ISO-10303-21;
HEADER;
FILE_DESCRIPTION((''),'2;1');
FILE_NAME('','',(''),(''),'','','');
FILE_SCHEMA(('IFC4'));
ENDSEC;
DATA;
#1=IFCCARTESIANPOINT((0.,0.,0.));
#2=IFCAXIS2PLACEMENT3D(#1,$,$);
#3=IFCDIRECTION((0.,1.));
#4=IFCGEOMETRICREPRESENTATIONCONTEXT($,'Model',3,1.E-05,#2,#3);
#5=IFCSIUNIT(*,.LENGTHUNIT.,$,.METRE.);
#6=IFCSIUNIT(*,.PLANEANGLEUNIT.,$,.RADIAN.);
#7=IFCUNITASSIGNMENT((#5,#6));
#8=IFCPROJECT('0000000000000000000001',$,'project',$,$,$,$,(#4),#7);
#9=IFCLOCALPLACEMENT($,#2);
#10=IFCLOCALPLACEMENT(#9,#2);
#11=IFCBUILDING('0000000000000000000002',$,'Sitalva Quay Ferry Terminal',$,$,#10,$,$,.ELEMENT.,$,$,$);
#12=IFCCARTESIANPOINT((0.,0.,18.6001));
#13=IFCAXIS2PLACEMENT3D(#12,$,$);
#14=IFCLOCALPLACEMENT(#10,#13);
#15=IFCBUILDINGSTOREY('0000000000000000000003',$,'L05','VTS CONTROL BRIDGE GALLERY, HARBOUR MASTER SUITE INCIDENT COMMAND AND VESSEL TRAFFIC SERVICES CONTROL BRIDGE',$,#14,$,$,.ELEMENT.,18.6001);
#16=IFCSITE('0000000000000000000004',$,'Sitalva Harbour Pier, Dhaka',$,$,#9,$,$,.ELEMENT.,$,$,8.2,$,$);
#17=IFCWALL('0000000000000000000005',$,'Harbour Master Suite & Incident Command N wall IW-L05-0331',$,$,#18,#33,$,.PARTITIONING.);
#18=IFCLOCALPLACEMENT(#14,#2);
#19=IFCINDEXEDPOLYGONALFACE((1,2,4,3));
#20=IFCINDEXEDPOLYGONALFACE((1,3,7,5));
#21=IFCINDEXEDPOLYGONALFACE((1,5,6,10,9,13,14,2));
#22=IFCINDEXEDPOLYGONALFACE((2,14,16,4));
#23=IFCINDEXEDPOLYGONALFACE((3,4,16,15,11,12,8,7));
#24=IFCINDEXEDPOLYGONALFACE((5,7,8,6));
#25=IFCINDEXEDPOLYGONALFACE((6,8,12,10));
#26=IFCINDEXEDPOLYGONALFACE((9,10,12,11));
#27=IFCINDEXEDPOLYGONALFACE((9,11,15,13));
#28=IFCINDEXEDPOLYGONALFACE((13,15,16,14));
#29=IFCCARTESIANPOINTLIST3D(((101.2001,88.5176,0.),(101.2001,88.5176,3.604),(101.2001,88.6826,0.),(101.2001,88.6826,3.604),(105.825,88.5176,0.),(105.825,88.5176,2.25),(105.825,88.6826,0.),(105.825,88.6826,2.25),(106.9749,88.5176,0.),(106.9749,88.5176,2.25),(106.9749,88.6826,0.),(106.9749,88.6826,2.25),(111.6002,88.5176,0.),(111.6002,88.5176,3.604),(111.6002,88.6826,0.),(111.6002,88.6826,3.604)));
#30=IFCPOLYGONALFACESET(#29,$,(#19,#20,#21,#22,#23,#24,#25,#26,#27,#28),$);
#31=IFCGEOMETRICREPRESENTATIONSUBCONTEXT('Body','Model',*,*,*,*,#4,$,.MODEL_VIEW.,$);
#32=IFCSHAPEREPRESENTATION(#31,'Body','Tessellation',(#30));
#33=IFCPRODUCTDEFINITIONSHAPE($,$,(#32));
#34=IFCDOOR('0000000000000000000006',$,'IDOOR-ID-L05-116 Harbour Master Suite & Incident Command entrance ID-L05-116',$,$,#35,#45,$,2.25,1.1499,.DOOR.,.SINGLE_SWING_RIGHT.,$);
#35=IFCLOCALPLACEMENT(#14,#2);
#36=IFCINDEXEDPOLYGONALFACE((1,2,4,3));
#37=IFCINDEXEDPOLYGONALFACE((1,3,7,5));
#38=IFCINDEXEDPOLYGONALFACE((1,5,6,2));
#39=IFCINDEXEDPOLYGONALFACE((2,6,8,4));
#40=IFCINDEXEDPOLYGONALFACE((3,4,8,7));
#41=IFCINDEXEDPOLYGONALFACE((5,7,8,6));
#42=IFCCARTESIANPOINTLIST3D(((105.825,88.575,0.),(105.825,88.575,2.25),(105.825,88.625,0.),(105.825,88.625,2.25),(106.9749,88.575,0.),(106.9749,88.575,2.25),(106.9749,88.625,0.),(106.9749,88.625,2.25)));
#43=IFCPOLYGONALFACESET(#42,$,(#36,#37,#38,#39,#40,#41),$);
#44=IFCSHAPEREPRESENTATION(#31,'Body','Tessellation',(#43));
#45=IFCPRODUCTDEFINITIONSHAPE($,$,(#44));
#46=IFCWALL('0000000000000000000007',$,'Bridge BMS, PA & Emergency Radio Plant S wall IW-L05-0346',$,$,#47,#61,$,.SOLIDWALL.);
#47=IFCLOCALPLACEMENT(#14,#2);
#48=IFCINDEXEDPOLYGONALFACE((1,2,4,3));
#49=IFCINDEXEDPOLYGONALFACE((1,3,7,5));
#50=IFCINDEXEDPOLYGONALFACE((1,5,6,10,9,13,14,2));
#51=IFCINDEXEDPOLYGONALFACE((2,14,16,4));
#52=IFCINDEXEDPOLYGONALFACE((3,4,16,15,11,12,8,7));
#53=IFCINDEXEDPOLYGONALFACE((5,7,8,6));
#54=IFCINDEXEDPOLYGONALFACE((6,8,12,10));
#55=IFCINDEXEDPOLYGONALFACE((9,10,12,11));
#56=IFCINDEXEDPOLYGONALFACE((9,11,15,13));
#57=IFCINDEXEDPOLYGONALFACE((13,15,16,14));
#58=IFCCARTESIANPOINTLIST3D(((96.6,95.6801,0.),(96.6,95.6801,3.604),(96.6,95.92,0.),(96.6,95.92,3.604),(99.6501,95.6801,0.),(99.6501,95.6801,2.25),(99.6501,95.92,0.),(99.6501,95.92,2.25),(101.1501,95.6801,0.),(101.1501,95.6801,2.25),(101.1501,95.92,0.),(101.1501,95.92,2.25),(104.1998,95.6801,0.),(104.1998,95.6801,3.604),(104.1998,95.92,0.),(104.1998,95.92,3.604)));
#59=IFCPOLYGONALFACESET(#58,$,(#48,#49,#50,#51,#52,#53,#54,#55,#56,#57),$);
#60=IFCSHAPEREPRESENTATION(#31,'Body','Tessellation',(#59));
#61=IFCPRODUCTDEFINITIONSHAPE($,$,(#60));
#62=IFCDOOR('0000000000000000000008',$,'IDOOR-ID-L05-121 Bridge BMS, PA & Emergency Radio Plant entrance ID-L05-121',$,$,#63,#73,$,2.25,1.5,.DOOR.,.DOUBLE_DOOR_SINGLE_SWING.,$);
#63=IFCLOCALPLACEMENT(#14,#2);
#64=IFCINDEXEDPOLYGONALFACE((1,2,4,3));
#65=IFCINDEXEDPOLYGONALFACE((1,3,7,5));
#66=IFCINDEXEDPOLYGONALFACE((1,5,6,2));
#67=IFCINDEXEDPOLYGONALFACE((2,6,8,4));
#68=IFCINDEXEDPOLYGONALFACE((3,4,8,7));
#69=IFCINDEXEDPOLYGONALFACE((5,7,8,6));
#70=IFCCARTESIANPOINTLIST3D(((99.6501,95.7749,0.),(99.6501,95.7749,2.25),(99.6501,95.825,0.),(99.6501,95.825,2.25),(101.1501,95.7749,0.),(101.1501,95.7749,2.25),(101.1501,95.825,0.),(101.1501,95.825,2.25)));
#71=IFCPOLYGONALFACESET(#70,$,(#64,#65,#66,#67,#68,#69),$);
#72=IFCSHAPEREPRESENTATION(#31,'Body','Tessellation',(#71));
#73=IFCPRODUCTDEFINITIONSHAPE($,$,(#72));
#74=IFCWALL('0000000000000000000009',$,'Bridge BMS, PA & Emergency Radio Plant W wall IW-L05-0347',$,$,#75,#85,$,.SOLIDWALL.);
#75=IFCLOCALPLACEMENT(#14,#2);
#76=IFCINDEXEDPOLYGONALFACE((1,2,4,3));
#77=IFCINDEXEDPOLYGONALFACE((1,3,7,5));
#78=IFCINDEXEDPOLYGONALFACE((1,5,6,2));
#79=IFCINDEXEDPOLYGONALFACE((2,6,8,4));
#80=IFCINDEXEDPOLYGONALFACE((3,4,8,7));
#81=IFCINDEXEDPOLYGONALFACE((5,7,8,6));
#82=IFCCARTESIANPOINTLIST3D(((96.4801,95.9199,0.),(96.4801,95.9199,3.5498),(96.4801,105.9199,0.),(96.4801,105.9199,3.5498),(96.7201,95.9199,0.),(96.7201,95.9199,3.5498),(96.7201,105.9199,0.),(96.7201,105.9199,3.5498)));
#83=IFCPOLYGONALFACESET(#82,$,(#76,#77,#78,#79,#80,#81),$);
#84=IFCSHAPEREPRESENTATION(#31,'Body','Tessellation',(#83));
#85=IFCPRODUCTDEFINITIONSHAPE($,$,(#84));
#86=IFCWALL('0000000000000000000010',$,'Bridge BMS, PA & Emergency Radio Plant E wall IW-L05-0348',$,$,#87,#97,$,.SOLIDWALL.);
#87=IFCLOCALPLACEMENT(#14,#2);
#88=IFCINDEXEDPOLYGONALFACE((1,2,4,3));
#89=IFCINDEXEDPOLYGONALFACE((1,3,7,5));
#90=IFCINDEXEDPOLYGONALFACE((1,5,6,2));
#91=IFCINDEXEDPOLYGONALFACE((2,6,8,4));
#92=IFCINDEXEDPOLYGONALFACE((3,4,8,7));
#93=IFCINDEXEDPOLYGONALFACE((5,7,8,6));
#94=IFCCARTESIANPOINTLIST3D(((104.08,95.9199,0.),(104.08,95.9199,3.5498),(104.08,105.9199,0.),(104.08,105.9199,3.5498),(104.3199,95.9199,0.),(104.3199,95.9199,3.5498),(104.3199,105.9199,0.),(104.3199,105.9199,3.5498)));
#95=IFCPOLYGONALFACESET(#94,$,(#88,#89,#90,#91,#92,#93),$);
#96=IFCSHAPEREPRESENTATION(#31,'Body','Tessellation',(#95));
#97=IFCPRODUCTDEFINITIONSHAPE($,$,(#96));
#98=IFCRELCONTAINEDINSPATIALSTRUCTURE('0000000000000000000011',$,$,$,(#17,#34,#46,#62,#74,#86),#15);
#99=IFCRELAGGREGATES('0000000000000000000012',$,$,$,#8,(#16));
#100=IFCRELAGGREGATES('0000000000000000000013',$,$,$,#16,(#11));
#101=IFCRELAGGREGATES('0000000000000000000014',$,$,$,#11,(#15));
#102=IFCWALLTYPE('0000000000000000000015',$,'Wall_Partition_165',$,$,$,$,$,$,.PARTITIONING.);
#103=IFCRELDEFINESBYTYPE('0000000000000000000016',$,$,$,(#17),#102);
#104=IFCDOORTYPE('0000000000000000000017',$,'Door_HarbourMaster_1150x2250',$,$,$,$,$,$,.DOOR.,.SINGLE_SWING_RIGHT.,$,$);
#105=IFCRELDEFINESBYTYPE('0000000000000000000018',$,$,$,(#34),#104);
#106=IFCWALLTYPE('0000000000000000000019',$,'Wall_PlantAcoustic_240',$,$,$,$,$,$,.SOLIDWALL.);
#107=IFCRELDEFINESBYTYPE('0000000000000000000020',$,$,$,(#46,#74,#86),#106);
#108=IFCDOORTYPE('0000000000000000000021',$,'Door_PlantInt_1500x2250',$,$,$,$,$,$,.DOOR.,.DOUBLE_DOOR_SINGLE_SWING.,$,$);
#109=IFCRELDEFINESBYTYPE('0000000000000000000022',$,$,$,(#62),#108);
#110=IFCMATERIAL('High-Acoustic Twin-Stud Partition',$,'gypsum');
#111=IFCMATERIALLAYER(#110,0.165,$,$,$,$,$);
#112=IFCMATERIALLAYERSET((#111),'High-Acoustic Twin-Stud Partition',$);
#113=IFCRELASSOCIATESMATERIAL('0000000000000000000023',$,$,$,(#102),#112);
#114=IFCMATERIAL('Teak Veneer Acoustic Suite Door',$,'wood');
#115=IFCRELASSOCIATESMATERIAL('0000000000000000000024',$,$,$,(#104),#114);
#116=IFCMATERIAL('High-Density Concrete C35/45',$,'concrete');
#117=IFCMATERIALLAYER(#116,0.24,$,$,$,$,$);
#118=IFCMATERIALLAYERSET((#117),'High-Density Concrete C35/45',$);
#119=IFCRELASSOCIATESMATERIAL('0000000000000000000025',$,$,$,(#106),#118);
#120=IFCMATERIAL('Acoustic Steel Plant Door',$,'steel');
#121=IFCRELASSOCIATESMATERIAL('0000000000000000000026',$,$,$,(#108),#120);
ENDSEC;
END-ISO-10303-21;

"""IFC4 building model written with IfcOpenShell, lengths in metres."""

from ifc_helpers import new_model, si_unit, direction, frame, frame_2d, origin, place, context, subcontext, project, spatial, rectangle, extrude, material, layer, layer_set, type_object, element, fill, save


model = new_model("IFC4")

# Units and contexts
model_context = context("Model", 3, precision=1e-05, world=origin(), true_north=direction((0.0, 1.0)))
body_context = subcontext(model_context, "Body", "Model", "MODEL_VIEW")
ifc_project = project(units=[si_unit("LENGTHUNIT", "METRE"), si_unit("PLANEANGLEUNIT", "RADIAN")], contexts=[model_context])

# Site, building, storey
site_placement = place(None, origin())
site = spatial("IfcSite", under=ifc_project, at=site_placement, Name="Sitalva Harbour Pier, Dhaka", CompositionType="ELEMENT", RefElevation=8.2)
building_placement = place(site_placement, origin())
building = spatial("IfcBuilding", under=site, at=building_placement, Name="Sitalva Quay Ferry Terminal", CompositionType="ELEMENT")
storey_placement = place(building_placement, frame((0.0, 0.0, 18.6001)))
storey = spatial("IfcBuildingStorey", under=building, at=storey_placement, Name="L05", Description="VTS CONTROL BRIDGE GALLERY, HARBOUR MASTER SUITE INCIDENT COMMAND AND VESSEL TRAFFIC SERVICES CONTROL BRIDGE", CompositionType="ELEMENT", Elevation=18.6001)

# Walls, openings, doors
ifc_material_1 = material(Name="High-Acoustic Twin-Stud Partition", Category="gypsum")
ifc_layer_1 = layer(ifc_material_1, 0.165)
ifc_layer_set_1 = layer_set([ifc_layer_1], Name="High-Acoustic Twin-Stud Partition")
wall_type_1 = type_object("IfcWallType", Name="Wall_Partition_165", PredefinedType="PARTITIONING", material=ifc_layer_set_1)
wall_1_placement = place(storey_placement, frame((101.2, 88.6001, 0.0), z_axis=(0.0, 0.0, 1.0), x_axis=(1.0, 0.0, 0.0)))
wall_1 = element("IfcWall", 1, at=wall_1_placement, inside=storey, type_object=wall_type_1, Name="Harbour Master Suite & Incident Command N wall IW-L05-0331", PredefinedType="PARTITIONING", context=body_context, shape_type="SweptSolid", body=[
    extrude(rectangle(XDim=10.4001, YDim=0.165, at=frame_2d((5.2002, 0.0))), origin(), (0.0, 0.0, 1.0), 3.604),
])
opening_1_placement = place(wall_1_placement, frame((4.625, 0.0, 0.0)))
opening_1 = element("IfcOpeningElement", 2, at=opening_1_placement, cuts=wall_1, PredefinedType="OPENING", context=body_context, shape_type="SweptSolid", body=[
    extrude(rectangle(XDim=1.1499, YDim=2.25, at=frame_2d((0.575, 1.125))), frame((0.0, 0.0925, 0.0), z_axis=(0.0, -1.0, 0.0), x_axis=(1.0, 0.0, 0.0)), (0.0, 0.0, 1.0), 0.1851),
])
ifc_material_2 = material(Name="Teak Veneer Acoustic Suite Door", Category="wood")
door_type_1 = type_object("IfcDoorType", Name="Door_HarbourMaster_1150x2250", OperationType="SINGLE_SWING_RIGHT", PredefinedType="DOOR", material=ifc_material_2)
door_1_placement = place(opening_1_placement, origin())
door_1 = element("IfcDoor", 3, at=door_1_placement, inside=storey, type_object=door_type_1, Name="IDOOR-ID-L05-116 Harbour Master Suite & Incident Command entrance ID-L05-116", OperationType="SINGLE_SWING_RIGHT", OverallHeight=2.25, OverallWidth=1.1499, PredefinedType="DOOR", context=body_context, shape_type="SweptSolid", body=[
    extrude(rectangle(XDim=1.1499, YDim=2.25, at=frame_2d((0.575, 1.125))), frame((0.0, 0.0249, 0.0), z_axis=(0.0, -1.0, 0.0), x_axis=(1.0, 0.0, 0.0)), (0.0, 0.0, 1.0), 0.05),
])
fill(opening_1, door_1)
ifc_material_3 = material(Name="High-Density Concrete C35/45", Category="concrete")
ifc_layer_2 = layer(ifc_material_3, 0.24)
ifc_layer_set_2 = layer_set([ifc_layer_2], Name="High-Density Concrete C35/45")
wall_type_2 = type_object("IfcWallType", Name="Wall_PlantAcoustic_240", PredefinedType="SOLIDWALL", material=ifc_layer_set_2)
wall_2_placement = place(storey_placement, frame((96.6001, 95.8, 0.0), z_axis=(0.0, 0.0, 1.0), x_axis=(1.0, 0.0, 0.0)))
wall_2 = element("IfcWall", 4, at=wall_2_placement, inside=storey, type_object=wall_type_2, Name="Bridge BMS, PA & Emergency Radio Plant S wall IW-L05-0346", PredefinedType="SOLIDWALL", context=body_context, shape_type="SweptSolid", body=[
    extrude(rectangle(XDim=7.5999, YDim=0.24, at=frame_2d((3.7998, 0.0))), origin(), (0.0, 0.0, 1.0), 3.604),
])
opening_2_placement = place(wall_2_placement, frame((3.05, 0.0, 0.0)))
opening_2 = element("IfcOpeningElement", 5, at=opening_2_placement, cuts=wall_2, PredefinedType="OPENING", context=body_context, shape_type="SweptSolid", body=[
    extrude(rectangle(XDim=1.5, YDim=2.25, at=frame_2d((0.75, 1.125))), frame((0.0, 0.1299, 0.0), z_axis=(0.0, -1.0, 0.0), x_axis=(1.0, 0.0, 0.0)), (0.0, 0.0, 1.0), 0.26),
])
ifc_material_4 = material(Name="Acoustic Steel Plant Door", Category="steel")
door_type_2 = type_object("IfcDoorType", Name="Door_PlantInt_1500x2250", OperationType="DOUBLE_DOOR_SINGLE_SWING", PredefinedType="DOOR", material=ifc_material_4)
door_2_placement = place(opening_2_placement, origin())
door_2 = element("IfcDoor", 6, at=door_2_placement, inside=storey, type_object=door_type_2, Name="IDOOR-ID-L05-121 Bridge BMS, PA & Emergency Radio Plant entrance ID-L05-121", OperationType="DOUBLE_DOOR_SINGLE_SWING", OverallHeight=2.25, OverallWidth=1.5, PredefinedType="DOOR", context=body_context, shape_type="SweptSolid", body=[
    extrude(rectangle(XDim=1.5, YDim=2.25, at=frame_2d((0.75, 1.125))), frame((0.0, 0.0249, 0.0), z_axis=(0.0, -1.0, 0.0), x_axis=(1.0, 0.0, 0.0)), (0.0, 0.0, 1.0), 0.05),
])
fill(opening_2, door_2)

# Walls
for number, where, z_axis, x_axis, name in (
    (7, (96.6001, 95.9199, 0.0), (0.0, 0.0, 1.0), (0.0, 1.0, 0.0), "Bridge BMS, PA & Emergency Radio Plant W wall IW-L05-0347"),
    (8, (104.2, 95.9199, 0.0), (0.0, 0.0, 1.0), (0.0, 1.0, 0.0), "Bridge BMS, PA & Emergency Radio Plant E wall IW-L05-0348"),
):
    element("IfcWall", number, at=place(storey_placement, frame(where, z_axis=z_axis, x_axis=x_axis)), inside=storey, type_object=wall_type_2, Name=name, PredefinedType="SOLIDWALL", context=body_context, shape_type="SweptSolid", body=[
        extrude(rectangle(XDim=10.0, YDim=0.24, at=frame_2d((5.0, 0.0))), origin(), (0.0, 0.0, 1.0), 3.5498),
    ])

save(model, "model.ifc")
